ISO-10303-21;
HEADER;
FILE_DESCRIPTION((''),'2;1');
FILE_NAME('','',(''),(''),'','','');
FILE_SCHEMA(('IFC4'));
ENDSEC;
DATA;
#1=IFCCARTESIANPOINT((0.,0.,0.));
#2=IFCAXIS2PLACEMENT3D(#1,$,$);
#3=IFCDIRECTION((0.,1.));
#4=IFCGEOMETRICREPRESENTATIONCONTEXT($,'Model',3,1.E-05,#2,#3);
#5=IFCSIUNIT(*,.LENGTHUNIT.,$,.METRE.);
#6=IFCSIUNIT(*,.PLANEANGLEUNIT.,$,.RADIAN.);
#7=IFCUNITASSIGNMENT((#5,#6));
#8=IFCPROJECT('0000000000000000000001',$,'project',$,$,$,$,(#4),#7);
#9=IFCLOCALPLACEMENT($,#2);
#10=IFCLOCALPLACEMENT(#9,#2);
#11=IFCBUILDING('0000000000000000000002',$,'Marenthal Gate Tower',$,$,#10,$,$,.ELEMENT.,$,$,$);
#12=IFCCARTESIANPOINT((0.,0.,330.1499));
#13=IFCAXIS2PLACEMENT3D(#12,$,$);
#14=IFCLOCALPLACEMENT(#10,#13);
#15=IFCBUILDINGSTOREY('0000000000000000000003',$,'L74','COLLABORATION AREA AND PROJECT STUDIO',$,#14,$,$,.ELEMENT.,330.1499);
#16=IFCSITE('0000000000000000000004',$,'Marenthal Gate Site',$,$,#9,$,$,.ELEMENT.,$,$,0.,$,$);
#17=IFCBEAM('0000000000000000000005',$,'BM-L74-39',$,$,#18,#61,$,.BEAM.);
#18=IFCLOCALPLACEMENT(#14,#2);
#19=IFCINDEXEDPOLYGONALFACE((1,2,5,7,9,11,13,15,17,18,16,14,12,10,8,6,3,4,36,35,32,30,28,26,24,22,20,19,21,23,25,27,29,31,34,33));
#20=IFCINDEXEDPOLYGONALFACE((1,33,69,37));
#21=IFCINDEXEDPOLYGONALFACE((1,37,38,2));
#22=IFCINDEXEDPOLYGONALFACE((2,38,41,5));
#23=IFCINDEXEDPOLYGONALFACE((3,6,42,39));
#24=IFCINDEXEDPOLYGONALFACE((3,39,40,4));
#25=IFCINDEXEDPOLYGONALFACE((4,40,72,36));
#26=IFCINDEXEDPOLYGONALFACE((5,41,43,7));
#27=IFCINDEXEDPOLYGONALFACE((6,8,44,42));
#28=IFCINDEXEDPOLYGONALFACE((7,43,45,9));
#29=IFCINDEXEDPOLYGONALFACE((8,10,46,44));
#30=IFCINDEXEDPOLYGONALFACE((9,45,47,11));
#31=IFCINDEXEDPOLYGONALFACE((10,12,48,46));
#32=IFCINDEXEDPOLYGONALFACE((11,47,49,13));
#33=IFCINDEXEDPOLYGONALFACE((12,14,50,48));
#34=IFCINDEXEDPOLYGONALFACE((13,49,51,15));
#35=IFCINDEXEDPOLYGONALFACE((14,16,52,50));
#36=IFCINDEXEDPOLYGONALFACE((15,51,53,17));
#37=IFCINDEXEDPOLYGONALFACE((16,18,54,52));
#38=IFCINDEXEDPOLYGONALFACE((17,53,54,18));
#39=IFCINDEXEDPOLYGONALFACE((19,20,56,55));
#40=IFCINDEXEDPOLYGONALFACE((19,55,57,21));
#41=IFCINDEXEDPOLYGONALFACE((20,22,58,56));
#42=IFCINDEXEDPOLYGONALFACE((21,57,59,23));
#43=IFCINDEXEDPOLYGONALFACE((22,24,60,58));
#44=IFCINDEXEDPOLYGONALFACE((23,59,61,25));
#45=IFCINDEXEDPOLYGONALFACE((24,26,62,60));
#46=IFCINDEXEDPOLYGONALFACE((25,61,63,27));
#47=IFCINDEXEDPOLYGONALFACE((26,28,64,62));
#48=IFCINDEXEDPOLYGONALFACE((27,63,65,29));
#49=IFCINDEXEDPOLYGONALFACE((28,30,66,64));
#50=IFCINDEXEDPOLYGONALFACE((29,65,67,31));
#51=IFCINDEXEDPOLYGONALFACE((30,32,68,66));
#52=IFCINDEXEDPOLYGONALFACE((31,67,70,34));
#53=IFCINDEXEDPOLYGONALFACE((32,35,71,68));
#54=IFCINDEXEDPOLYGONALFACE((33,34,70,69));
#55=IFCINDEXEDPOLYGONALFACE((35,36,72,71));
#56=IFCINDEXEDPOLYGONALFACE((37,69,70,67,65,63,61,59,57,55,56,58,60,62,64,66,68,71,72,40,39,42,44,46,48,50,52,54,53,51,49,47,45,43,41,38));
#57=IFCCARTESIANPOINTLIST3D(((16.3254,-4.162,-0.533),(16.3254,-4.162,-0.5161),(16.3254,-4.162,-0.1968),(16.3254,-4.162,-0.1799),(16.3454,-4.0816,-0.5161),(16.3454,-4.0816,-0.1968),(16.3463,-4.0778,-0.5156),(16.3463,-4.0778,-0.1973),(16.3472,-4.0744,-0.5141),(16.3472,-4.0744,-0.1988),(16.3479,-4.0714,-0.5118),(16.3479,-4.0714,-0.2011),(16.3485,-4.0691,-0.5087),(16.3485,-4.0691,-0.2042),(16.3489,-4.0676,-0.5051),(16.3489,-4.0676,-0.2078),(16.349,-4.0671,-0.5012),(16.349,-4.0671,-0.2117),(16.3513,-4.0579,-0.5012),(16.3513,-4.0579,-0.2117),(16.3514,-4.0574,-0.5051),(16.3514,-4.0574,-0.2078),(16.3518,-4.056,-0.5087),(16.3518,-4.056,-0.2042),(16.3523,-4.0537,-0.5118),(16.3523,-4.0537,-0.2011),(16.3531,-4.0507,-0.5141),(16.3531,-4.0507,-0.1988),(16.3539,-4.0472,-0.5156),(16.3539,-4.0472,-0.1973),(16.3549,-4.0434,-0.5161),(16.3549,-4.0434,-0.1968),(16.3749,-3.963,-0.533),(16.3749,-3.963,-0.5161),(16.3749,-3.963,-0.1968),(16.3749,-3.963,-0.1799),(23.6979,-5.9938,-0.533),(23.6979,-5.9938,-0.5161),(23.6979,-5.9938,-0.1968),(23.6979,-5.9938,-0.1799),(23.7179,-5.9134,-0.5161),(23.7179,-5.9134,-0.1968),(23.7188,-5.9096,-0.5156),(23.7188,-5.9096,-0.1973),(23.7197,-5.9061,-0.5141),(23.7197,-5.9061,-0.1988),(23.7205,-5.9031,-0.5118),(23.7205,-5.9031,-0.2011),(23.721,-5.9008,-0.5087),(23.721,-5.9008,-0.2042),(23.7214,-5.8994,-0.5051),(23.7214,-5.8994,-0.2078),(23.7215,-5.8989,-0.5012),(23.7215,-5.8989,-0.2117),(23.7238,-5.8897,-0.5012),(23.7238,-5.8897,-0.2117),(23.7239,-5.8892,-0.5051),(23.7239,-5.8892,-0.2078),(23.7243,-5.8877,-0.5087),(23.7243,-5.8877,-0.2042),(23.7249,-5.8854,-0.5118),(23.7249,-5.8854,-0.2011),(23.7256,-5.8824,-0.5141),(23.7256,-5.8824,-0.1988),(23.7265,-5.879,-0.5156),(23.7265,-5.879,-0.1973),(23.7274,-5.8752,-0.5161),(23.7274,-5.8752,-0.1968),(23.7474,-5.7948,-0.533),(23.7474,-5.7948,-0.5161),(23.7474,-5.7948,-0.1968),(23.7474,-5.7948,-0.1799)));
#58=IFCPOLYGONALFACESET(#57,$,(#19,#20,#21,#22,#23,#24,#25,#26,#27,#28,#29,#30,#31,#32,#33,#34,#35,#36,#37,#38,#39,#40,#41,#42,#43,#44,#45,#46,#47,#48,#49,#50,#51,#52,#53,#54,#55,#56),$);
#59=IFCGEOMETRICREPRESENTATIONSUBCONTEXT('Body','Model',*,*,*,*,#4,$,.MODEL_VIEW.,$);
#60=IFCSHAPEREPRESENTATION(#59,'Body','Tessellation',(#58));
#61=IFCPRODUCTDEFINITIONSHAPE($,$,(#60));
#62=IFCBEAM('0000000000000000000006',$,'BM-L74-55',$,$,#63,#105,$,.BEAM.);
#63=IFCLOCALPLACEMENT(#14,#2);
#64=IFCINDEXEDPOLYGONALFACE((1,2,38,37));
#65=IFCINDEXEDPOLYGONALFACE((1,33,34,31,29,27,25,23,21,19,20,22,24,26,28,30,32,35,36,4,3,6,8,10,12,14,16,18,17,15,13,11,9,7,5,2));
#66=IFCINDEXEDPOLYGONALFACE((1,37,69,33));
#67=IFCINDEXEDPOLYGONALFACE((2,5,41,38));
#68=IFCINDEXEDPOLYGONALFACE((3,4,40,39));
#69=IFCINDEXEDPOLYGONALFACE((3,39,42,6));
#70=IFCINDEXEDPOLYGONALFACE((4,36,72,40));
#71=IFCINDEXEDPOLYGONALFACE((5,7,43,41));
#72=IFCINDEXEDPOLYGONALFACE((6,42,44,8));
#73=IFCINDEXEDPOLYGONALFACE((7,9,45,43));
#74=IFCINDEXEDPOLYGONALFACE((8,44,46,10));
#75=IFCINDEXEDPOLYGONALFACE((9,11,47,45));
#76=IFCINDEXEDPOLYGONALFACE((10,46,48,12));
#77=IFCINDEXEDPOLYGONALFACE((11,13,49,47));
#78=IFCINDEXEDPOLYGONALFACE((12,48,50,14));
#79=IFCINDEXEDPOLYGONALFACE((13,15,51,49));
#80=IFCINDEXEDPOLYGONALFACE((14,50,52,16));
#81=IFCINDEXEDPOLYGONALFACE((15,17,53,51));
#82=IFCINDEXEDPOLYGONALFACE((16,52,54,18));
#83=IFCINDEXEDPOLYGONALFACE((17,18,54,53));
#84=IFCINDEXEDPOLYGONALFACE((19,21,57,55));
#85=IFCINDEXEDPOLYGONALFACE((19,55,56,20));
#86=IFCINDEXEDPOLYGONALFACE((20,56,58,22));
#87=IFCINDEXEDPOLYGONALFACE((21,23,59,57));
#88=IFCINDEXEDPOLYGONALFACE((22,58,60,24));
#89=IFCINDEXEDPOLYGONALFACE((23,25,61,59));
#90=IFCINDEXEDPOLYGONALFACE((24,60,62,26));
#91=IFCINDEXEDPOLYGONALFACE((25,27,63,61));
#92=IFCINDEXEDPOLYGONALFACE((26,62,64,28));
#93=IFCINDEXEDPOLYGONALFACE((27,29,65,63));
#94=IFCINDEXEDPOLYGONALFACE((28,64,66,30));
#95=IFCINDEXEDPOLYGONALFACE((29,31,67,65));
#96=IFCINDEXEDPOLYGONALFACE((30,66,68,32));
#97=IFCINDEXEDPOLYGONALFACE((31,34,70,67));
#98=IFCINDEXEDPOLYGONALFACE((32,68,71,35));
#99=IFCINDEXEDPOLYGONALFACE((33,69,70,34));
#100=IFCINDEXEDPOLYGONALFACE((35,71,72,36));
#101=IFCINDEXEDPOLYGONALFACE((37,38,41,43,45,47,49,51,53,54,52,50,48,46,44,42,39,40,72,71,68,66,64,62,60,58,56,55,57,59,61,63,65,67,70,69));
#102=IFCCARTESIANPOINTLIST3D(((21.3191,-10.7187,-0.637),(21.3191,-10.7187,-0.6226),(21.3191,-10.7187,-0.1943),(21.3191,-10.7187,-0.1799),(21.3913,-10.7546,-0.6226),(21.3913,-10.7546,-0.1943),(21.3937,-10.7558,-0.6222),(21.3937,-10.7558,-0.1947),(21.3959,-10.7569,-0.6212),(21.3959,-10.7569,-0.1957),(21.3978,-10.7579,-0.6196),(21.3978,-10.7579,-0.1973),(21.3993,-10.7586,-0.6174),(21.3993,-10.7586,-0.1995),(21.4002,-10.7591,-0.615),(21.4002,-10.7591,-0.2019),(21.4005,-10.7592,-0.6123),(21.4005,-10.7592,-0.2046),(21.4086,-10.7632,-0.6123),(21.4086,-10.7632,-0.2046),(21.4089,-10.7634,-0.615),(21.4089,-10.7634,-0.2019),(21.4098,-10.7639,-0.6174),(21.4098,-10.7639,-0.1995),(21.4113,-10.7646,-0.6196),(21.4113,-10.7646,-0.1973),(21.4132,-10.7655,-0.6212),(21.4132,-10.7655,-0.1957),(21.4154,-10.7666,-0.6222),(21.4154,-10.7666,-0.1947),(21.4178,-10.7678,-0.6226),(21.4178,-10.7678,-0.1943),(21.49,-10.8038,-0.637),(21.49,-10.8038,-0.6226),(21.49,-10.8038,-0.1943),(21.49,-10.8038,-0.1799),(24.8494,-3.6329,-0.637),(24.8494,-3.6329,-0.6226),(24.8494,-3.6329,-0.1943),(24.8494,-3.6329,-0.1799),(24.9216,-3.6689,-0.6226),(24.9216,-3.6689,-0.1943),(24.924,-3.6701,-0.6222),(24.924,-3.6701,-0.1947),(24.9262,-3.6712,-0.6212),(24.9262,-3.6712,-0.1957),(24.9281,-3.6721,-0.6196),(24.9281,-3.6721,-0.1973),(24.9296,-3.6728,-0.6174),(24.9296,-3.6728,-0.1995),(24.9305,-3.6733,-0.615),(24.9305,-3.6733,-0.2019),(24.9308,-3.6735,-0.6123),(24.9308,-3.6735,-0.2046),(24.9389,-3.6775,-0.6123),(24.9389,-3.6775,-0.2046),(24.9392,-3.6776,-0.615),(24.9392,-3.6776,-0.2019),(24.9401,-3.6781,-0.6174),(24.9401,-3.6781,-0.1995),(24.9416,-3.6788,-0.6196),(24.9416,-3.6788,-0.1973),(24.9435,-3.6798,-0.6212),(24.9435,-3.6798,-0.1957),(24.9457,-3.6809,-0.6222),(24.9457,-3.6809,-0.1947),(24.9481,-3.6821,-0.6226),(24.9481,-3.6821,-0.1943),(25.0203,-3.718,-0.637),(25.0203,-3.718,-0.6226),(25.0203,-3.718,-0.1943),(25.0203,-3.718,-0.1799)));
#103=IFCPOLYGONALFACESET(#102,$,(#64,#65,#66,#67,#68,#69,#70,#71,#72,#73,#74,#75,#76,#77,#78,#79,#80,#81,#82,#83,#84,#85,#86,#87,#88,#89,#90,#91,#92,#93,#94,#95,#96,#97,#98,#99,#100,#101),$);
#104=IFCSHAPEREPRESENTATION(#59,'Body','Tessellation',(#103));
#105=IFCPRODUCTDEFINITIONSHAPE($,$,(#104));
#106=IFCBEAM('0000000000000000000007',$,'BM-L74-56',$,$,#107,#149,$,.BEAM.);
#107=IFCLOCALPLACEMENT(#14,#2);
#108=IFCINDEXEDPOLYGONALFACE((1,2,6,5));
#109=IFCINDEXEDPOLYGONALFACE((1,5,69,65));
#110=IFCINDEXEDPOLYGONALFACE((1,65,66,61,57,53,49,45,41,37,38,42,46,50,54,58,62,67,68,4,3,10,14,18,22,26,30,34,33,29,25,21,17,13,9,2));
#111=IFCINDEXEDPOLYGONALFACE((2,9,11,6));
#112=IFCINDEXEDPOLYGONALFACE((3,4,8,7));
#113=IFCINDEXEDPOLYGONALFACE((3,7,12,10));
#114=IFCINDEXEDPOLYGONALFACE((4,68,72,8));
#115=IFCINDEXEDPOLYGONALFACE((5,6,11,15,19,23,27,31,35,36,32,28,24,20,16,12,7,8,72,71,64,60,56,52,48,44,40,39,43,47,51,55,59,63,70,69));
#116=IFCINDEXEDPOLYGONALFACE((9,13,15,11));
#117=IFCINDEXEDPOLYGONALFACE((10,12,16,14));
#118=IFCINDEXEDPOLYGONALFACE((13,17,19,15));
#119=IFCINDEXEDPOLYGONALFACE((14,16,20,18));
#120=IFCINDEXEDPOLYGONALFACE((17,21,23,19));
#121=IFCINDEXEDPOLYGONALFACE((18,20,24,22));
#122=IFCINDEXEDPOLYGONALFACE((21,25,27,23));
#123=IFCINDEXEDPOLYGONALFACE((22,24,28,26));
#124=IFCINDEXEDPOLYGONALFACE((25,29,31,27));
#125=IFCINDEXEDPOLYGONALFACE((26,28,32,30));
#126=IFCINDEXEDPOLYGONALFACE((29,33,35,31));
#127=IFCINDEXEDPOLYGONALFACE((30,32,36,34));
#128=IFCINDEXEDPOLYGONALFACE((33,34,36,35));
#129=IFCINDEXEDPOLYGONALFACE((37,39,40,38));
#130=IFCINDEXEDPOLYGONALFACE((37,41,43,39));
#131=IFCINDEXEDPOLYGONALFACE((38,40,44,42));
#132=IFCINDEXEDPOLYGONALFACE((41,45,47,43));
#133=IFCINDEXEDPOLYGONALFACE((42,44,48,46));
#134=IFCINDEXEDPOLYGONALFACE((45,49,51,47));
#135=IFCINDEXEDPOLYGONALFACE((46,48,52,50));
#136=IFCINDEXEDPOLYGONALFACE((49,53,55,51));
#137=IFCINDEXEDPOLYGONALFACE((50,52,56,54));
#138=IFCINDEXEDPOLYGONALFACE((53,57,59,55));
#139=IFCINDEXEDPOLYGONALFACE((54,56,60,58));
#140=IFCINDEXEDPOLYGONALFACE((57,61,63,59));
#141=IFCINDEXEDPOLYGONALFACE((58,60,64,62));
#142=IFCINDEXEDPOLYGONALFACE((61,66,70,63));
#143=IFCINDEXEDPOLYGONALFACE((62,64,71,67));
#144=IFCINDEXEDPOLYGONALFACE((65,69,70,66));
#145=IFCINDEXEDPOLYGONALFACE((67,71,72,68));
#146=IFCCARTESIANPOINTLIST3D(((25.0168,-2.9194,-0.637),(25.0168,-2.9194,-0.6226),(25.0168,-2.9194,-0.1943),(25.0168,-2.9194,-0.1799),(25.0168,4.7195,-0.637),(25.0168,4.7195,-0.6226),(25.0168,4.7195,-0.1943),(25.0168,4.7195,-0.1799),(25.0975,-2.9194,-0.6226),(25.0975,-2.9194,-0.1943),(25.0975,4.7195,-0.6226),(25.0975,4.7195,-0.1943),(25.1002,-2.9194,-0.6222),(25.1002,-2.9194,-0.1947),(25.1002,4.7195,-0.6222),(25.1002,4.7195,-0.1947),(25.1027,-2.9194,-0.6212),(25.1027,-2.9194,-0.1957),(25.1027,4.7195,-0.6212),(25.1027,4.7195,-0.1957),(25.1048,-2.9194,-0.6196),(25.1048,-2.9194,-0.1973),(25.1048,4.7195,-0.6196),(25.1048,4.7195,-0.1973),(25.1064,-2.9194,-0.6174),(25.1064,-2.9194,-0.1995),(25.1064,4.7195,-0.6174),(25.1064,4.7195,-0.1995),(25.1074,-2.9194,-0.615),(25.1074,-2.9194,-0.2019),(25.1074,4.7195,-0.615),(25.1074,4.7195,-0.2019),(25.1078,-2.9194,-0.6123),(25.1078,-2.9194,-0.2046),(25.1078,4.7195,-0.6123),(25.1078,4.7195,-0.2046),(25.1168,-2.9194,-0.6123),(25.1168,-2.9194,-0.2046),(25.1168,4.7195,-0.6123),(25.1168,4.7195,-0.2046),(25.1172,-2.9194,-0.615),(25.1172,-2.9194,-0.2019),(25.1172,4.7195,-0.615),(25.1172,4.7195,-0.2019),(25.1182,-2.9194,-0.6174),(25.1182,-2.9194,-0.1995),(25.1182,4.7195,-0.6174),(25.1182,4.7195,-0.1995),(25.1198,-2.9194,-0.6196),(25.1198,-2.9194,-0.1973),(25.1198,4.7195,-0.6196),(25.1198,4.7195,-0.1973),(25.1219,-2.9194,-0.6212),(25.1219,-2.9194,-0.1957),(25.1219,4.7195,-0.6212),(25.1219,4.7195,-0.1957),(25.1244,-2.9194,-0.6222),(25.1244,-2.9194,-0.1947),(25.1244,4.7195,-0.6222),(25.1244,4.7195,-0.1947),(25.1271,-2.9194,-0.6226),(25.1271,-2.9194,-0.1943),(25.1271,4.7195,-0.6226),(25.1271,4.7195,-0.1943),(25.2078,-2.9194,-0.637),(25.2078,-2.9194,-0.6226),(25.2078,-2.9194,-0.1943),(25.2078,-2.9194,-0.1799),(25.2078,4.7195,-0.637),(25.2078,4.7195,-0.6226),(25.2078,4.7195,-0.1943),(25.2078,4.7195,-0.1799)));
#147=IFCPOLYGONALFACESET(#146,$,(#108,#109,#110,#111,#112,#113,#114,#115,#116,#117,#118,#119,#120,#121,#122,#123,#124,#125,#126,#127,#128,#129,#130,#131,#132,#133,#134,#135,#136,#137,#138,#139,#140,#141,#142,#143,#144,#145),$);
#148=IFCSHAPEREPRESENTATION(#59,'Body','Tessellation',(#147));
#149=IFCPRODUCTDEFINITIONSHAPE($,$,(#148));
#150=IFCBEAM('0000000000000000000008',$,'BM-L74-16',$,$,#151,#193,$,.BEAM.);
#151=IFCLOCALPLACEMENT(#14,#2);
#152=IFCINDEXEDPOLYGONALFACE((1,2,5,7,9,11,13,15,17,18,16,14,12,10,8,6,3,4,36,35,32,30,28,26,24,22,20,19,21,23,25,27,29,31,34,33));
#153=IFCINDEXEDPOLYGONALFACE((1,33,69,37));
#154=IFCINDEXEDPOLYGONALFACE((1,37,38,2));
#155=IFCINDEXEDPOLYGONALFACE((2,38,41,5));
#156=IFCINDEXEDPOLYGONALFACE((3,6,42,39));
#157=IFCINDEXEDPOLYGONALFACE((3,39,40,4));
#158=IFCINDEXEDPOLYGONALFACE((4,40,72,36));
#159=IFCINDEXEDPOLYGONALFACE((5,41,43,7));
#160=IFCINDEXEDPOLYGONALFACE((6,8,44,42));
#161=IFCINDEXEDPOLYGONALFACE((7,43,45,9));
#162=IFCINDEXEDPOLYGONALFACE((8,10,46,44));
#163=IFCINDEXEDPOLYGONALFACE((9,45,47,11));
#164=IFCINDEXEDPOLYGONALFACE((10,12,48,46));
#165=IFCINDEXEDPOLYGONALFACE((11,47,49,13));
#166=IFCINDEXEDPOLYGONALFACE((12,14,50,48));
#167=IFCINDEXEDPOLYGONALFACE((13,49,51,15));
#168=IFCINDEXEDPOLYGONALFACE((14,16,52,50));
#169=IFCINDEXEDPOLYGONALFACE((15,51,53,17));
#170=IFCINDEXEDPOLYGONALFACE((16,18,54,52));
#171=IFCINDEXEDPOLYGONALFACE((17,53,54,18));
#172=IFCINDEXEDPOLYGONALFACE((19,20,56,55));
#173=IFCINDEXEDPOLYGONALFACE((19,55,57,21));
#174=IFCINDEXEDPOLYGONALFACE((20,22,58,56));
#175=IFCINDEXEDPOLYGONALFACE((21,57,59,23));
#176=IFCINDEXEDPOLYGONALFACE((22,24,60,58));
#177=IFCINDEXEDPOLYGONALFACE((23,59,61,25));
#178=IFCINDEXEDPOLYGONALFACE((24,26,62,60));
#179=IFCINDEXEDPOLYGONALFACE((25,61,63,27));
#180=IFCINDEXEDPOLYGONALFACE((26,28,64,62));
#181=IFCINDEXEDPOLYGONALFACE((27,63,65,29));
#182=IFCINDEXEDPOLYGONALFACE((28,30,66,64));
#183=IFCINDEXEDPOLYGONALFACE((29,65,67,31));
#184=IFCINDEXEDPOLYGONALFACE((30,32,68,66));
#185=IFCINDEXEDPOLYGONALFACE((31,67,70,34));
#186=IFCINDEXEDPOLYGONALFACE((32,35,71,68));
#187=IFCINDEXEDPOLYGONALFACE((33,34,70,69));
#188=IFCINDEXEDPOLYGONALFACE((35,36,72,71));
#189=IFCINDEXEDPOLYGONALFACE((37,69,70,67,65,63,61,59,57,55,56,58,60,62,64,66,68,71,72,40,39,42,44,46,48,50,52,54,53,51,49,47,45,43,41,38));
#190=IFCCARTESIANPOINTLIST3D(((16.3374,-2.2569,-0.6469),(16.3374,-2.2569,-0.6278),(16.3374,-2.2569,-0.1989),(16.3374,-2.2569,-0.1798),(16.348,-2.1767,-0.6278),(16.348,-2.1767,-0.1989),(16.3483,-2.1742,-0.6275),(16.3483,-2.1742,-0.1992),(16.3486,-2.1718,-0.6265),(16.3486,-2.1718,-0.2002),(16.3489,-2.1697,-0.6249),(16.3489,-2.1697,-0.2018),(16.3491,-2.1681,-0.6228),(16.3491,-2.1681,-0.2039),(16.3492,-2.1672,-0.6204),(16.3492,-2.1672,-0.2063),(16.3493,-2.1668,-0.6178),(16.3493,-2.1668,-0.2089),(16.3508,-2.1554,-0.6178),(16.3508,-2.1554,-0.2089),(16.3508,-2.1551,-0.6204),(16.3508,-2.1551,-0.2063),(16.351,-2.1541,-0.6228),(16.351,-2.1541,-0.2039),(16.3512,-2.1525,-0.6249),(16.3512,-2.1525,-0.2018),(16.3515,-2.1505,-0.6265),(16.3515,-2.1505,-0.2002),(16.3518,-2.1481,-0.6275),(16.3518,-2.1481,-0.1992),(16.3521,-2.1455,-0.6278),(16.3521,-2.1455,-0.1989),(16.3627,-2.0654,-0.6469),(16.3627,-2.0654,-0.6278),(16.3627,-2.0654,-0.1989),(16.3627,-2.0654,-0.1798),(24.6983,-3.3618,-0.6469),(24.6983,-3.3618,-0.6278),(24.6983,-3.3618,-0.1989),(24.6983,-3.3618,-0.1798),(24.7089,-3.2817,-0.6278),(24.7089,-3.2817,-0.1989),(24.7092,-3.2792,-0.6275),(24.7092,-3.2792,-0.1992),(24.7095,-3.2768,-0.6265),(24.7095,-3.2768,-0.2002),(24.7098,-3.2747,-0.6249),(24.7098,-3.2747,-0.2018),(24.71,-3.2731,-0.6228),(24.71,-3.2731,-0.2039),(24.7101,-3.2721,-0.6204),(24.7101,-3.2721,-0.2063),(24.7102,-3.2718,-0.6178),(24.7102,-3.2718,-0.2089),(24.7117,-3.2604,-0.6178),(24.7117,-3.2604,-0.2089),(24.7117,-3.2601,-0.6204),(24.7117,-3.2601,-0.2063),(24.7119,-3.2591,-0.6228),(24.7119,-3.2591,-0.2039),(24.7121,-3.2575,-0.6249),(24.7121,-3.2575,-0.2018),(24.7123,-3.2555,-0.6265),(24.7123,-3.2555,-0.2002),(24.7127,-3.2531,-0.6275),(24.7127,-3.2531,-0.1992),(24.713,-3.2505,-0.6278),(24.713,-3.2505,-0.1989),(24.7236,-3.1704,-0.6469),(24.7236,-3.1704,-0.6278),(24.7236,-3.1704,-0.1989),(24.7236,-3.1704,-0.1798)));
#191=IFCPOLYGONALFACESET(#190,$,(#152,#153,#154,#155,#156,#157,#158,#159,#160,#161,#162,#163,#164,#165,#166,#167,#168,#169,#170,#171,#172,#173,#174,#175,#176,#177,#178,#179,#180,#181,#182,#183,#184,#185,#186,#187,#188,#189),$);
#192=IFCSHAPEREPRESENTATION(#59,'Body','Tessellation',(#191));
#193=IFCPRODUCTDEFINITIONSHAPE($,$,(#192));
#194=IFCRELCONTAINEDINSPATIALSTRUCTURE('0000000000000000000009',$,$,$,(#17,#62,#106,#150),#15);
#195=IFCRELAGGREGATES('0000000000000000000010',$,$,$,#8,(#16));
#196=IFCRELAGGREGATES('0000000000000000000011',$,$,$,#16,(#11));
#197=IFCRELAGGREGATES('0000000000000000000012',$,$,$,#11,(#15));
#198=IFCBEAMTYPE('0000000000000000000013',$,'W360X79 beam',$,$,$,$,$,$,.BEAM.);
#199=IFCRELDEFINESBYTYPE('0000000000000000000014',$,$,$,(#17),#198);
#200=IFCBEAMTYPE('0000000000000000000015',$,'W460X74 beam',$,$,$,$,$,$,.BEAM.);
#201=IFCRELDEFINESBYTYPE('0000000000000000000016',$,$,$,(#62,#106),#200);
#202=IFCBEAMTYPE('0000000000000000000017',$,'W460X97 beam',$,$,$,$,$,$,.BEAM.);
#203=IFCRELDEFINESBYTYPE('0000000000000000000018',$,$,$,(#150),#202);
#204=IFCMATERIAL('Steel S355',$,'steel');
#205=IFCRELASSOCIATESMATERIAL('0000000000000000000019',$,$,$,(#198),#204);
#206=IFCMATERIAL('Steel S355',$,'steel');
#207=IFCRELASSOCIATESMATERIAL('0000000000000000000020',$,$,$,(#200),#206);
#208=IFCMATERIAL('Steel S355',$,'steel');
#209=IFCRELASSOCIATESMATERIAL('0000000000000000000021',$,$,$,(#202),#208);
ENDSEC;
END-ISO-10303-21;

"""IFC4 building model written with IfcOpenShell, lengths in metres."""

from ifc_helpers import new_model, si_unit, direction, frame, origin, origin_2d, place, context, subcontext, project, spatial, i_section, extrude, material, material_profile, profile_set, type_object, element, save


model = new_model("IFC4")

# Units and contexts
model_context = context("Model", 3, precision=1e-05, world=origin(), true_north=direction((0.0, 1.0)))
body_context = subcontext(model_context, "Body", "Model", "MODEL_VIEW")
ifc_project = project(units=[si_unit("LENGTHUNIT", "METRE"), si_unit("PLANEANGLEUNIT", "RADIAN")], contexts=[model_context])

# Site, building, storey
site_placement = place(None, origin())
site = spatial("IfcSite", under=ifc_project, at=site_placement, Name="Marenthal Gate Site", CompositionType="ELEMENT", RefElevation=0.0)
building_placement = place(site_placement, origin())
building = spatial("IfcBuilding", under=site, at=building_placement, Name="Marenthal Gate Tower", CompositionType="ELEMENT")
storey_placement = place(building_placement, frame((0.0, 0.0, 330.1499)))
storey = spatial("IfcBuildingStorey", under=building, at=storey_placement, Name="L74", Description="COLLABORATION AREA AND PROJECT STUDIO", CompositionType="ELEMENT", Elevation=330.1499)

# Beams
ifc_material_1 = material(Name="Steel S355", Category="steel")
ifc_material_profile_1 = material_profile(ifc_material_1, i_section(OverallWidth=0.2051, OverallDepth=0.353, WebThickness=0.0095, FlangeThickness=0.0168, FilletRadius=0.0149, at=origin_2d()), Name="W360X79")
ifc_profile_set_1 = profile_set([ifc_material_profile_1], Name="Steel S355")
beam_type_1 = type_object("IfcBeamType", Name="W360X79 beam", PredefinedType="BEAM", material=ifc_profile_set_1)
beam_1_placement = place(storey_placement, frame((23.7227, -5.8943, -0.3564), z_axis=(-0.970493, 0.241129, 0.0), x_axis=(-0.241129, -0.970493, 0.0)))
element("IfcBeam", 1, at=beam_1_placement, inside=storey, type_object=beam_type_1, Name="BM-L74-39", PredefinedType="BEAM", context=body_context, shape_type="SweptSolid", body=[
    extrude(i_section(OverallWidth=0.2051, OverallDepth=0.353, WebThickness=0.0095, FlangeThickness=0.0168, FilletRadius=0.0149, at=origin_2d()), origin(), (0.0, 0.0, 1.0), 7.5967),
])
ifc_material_2 = material(Name="Steel S355", Category="steel")
ifc_material_profile_2 = material_profile(ifc_material_2, i_section(OverallWidth=0.1909, OverallDepth=0.457, WebThickness=0.009, FlangeThickness=0.0144, FilletRadius=0.0103, at=origin_2d()), Name="W460X74")
ifc_profile_set_2 = profile_set([ifc_material_profile_2], Name="Steel S355")
beam_type_2 = type_object("IfcBeamType", Name="W460X74 beam", PredefinedType="BEAM", material=ifc_profile_set_2)
beam_2_placement = place(storey_placement, frame((21.4045, -10.7612, -0.4084), z_axis=(0.445943, 0.895062, 0.0), x_axis=(-0.895062, 0.445943, 0.0)))
element("IfcBeam", 2, at=beam_2_placement, inside=storey, type_object=beam_type_2, Name="BM-L74-55", PredefinedType="BEAM", context=body_context, shape_type="SweptSolid", body=[
    extrude(i_section(OverallWidth=0.1909, OverallDepth=0.457, WebThickness=0.009, FlangeThickness=0.0144, FilletRadius=0.0103, at=origin_2d()), origin(), (0.0, 0.0, 1.0), 7.9165),
])
beam_3_placement = place(storey_placement, frame((25.1123, -2.9194, -0.4084), z_axis=(0.0, 1.0, 0.0), x_axis=(-1.0, 0.0, 0.0)))
element("IfcBeam", 3, at=beam_3_placement, inside=storey, type_object=beam_type_2, Name="BM-L74-56", PredefinedType="BEAM", context=body_context, shape_type="SweptSolid", body=[
    extrude(i_section(OverallWidth=0.1909, OverallDepth=0.457, WebThickness=0.009, FlangeThickness=0.0144, FilletRadius=0.0103, at=origin_2d()), origin(), (0.0, 0.0, 1.0), 7.6389),
])
ifc_material_3 = material(Name="Steel S355", Category="steel")
ifc_material_profile_3 = material_profile(ifc_material_3, i_section(OverallWidth=0.1931, OverallDepth=0.467, WebThickness=0.0115, FlangeThickness=0.019, FilletRadius=0.01, at=origin_2d()), Name="W460X97")
ifc_profile_set_3 = profile_set([ifc_material_profile_3], Name="Steel S355")
beam_type_3 = type_object("IfcBeamType", Name="W460X97 beam", PredefinedType="BEAM", material=ifc_profile_set_3)
beam_4_placement = place(storey_placement, frame((24.7109, -3.2661, -0.4133), z_axis=(-0.991379, 0.131022, 0.0), x_axis=(-0.131022, -0.991379, 0.0)))
element("IfcBeam", 4, at=beam_4_placement, inside=storey, type_object=beam_type_3, Name="BM-L74-16", PredefinedType="BEAM", context=body_context, shape_type="SweptSolid", body=[
    extrude(i_section(OverallWidth=0.1931, OverallDepth=0.467, WebThickness=0.0115, FlangeThickness=0.019, FilletRadius=0.01, at=origin_2d()), origin(), (0.0, 0.0, 1.0), 8.4336),
])

save(model, "model.ifc")
